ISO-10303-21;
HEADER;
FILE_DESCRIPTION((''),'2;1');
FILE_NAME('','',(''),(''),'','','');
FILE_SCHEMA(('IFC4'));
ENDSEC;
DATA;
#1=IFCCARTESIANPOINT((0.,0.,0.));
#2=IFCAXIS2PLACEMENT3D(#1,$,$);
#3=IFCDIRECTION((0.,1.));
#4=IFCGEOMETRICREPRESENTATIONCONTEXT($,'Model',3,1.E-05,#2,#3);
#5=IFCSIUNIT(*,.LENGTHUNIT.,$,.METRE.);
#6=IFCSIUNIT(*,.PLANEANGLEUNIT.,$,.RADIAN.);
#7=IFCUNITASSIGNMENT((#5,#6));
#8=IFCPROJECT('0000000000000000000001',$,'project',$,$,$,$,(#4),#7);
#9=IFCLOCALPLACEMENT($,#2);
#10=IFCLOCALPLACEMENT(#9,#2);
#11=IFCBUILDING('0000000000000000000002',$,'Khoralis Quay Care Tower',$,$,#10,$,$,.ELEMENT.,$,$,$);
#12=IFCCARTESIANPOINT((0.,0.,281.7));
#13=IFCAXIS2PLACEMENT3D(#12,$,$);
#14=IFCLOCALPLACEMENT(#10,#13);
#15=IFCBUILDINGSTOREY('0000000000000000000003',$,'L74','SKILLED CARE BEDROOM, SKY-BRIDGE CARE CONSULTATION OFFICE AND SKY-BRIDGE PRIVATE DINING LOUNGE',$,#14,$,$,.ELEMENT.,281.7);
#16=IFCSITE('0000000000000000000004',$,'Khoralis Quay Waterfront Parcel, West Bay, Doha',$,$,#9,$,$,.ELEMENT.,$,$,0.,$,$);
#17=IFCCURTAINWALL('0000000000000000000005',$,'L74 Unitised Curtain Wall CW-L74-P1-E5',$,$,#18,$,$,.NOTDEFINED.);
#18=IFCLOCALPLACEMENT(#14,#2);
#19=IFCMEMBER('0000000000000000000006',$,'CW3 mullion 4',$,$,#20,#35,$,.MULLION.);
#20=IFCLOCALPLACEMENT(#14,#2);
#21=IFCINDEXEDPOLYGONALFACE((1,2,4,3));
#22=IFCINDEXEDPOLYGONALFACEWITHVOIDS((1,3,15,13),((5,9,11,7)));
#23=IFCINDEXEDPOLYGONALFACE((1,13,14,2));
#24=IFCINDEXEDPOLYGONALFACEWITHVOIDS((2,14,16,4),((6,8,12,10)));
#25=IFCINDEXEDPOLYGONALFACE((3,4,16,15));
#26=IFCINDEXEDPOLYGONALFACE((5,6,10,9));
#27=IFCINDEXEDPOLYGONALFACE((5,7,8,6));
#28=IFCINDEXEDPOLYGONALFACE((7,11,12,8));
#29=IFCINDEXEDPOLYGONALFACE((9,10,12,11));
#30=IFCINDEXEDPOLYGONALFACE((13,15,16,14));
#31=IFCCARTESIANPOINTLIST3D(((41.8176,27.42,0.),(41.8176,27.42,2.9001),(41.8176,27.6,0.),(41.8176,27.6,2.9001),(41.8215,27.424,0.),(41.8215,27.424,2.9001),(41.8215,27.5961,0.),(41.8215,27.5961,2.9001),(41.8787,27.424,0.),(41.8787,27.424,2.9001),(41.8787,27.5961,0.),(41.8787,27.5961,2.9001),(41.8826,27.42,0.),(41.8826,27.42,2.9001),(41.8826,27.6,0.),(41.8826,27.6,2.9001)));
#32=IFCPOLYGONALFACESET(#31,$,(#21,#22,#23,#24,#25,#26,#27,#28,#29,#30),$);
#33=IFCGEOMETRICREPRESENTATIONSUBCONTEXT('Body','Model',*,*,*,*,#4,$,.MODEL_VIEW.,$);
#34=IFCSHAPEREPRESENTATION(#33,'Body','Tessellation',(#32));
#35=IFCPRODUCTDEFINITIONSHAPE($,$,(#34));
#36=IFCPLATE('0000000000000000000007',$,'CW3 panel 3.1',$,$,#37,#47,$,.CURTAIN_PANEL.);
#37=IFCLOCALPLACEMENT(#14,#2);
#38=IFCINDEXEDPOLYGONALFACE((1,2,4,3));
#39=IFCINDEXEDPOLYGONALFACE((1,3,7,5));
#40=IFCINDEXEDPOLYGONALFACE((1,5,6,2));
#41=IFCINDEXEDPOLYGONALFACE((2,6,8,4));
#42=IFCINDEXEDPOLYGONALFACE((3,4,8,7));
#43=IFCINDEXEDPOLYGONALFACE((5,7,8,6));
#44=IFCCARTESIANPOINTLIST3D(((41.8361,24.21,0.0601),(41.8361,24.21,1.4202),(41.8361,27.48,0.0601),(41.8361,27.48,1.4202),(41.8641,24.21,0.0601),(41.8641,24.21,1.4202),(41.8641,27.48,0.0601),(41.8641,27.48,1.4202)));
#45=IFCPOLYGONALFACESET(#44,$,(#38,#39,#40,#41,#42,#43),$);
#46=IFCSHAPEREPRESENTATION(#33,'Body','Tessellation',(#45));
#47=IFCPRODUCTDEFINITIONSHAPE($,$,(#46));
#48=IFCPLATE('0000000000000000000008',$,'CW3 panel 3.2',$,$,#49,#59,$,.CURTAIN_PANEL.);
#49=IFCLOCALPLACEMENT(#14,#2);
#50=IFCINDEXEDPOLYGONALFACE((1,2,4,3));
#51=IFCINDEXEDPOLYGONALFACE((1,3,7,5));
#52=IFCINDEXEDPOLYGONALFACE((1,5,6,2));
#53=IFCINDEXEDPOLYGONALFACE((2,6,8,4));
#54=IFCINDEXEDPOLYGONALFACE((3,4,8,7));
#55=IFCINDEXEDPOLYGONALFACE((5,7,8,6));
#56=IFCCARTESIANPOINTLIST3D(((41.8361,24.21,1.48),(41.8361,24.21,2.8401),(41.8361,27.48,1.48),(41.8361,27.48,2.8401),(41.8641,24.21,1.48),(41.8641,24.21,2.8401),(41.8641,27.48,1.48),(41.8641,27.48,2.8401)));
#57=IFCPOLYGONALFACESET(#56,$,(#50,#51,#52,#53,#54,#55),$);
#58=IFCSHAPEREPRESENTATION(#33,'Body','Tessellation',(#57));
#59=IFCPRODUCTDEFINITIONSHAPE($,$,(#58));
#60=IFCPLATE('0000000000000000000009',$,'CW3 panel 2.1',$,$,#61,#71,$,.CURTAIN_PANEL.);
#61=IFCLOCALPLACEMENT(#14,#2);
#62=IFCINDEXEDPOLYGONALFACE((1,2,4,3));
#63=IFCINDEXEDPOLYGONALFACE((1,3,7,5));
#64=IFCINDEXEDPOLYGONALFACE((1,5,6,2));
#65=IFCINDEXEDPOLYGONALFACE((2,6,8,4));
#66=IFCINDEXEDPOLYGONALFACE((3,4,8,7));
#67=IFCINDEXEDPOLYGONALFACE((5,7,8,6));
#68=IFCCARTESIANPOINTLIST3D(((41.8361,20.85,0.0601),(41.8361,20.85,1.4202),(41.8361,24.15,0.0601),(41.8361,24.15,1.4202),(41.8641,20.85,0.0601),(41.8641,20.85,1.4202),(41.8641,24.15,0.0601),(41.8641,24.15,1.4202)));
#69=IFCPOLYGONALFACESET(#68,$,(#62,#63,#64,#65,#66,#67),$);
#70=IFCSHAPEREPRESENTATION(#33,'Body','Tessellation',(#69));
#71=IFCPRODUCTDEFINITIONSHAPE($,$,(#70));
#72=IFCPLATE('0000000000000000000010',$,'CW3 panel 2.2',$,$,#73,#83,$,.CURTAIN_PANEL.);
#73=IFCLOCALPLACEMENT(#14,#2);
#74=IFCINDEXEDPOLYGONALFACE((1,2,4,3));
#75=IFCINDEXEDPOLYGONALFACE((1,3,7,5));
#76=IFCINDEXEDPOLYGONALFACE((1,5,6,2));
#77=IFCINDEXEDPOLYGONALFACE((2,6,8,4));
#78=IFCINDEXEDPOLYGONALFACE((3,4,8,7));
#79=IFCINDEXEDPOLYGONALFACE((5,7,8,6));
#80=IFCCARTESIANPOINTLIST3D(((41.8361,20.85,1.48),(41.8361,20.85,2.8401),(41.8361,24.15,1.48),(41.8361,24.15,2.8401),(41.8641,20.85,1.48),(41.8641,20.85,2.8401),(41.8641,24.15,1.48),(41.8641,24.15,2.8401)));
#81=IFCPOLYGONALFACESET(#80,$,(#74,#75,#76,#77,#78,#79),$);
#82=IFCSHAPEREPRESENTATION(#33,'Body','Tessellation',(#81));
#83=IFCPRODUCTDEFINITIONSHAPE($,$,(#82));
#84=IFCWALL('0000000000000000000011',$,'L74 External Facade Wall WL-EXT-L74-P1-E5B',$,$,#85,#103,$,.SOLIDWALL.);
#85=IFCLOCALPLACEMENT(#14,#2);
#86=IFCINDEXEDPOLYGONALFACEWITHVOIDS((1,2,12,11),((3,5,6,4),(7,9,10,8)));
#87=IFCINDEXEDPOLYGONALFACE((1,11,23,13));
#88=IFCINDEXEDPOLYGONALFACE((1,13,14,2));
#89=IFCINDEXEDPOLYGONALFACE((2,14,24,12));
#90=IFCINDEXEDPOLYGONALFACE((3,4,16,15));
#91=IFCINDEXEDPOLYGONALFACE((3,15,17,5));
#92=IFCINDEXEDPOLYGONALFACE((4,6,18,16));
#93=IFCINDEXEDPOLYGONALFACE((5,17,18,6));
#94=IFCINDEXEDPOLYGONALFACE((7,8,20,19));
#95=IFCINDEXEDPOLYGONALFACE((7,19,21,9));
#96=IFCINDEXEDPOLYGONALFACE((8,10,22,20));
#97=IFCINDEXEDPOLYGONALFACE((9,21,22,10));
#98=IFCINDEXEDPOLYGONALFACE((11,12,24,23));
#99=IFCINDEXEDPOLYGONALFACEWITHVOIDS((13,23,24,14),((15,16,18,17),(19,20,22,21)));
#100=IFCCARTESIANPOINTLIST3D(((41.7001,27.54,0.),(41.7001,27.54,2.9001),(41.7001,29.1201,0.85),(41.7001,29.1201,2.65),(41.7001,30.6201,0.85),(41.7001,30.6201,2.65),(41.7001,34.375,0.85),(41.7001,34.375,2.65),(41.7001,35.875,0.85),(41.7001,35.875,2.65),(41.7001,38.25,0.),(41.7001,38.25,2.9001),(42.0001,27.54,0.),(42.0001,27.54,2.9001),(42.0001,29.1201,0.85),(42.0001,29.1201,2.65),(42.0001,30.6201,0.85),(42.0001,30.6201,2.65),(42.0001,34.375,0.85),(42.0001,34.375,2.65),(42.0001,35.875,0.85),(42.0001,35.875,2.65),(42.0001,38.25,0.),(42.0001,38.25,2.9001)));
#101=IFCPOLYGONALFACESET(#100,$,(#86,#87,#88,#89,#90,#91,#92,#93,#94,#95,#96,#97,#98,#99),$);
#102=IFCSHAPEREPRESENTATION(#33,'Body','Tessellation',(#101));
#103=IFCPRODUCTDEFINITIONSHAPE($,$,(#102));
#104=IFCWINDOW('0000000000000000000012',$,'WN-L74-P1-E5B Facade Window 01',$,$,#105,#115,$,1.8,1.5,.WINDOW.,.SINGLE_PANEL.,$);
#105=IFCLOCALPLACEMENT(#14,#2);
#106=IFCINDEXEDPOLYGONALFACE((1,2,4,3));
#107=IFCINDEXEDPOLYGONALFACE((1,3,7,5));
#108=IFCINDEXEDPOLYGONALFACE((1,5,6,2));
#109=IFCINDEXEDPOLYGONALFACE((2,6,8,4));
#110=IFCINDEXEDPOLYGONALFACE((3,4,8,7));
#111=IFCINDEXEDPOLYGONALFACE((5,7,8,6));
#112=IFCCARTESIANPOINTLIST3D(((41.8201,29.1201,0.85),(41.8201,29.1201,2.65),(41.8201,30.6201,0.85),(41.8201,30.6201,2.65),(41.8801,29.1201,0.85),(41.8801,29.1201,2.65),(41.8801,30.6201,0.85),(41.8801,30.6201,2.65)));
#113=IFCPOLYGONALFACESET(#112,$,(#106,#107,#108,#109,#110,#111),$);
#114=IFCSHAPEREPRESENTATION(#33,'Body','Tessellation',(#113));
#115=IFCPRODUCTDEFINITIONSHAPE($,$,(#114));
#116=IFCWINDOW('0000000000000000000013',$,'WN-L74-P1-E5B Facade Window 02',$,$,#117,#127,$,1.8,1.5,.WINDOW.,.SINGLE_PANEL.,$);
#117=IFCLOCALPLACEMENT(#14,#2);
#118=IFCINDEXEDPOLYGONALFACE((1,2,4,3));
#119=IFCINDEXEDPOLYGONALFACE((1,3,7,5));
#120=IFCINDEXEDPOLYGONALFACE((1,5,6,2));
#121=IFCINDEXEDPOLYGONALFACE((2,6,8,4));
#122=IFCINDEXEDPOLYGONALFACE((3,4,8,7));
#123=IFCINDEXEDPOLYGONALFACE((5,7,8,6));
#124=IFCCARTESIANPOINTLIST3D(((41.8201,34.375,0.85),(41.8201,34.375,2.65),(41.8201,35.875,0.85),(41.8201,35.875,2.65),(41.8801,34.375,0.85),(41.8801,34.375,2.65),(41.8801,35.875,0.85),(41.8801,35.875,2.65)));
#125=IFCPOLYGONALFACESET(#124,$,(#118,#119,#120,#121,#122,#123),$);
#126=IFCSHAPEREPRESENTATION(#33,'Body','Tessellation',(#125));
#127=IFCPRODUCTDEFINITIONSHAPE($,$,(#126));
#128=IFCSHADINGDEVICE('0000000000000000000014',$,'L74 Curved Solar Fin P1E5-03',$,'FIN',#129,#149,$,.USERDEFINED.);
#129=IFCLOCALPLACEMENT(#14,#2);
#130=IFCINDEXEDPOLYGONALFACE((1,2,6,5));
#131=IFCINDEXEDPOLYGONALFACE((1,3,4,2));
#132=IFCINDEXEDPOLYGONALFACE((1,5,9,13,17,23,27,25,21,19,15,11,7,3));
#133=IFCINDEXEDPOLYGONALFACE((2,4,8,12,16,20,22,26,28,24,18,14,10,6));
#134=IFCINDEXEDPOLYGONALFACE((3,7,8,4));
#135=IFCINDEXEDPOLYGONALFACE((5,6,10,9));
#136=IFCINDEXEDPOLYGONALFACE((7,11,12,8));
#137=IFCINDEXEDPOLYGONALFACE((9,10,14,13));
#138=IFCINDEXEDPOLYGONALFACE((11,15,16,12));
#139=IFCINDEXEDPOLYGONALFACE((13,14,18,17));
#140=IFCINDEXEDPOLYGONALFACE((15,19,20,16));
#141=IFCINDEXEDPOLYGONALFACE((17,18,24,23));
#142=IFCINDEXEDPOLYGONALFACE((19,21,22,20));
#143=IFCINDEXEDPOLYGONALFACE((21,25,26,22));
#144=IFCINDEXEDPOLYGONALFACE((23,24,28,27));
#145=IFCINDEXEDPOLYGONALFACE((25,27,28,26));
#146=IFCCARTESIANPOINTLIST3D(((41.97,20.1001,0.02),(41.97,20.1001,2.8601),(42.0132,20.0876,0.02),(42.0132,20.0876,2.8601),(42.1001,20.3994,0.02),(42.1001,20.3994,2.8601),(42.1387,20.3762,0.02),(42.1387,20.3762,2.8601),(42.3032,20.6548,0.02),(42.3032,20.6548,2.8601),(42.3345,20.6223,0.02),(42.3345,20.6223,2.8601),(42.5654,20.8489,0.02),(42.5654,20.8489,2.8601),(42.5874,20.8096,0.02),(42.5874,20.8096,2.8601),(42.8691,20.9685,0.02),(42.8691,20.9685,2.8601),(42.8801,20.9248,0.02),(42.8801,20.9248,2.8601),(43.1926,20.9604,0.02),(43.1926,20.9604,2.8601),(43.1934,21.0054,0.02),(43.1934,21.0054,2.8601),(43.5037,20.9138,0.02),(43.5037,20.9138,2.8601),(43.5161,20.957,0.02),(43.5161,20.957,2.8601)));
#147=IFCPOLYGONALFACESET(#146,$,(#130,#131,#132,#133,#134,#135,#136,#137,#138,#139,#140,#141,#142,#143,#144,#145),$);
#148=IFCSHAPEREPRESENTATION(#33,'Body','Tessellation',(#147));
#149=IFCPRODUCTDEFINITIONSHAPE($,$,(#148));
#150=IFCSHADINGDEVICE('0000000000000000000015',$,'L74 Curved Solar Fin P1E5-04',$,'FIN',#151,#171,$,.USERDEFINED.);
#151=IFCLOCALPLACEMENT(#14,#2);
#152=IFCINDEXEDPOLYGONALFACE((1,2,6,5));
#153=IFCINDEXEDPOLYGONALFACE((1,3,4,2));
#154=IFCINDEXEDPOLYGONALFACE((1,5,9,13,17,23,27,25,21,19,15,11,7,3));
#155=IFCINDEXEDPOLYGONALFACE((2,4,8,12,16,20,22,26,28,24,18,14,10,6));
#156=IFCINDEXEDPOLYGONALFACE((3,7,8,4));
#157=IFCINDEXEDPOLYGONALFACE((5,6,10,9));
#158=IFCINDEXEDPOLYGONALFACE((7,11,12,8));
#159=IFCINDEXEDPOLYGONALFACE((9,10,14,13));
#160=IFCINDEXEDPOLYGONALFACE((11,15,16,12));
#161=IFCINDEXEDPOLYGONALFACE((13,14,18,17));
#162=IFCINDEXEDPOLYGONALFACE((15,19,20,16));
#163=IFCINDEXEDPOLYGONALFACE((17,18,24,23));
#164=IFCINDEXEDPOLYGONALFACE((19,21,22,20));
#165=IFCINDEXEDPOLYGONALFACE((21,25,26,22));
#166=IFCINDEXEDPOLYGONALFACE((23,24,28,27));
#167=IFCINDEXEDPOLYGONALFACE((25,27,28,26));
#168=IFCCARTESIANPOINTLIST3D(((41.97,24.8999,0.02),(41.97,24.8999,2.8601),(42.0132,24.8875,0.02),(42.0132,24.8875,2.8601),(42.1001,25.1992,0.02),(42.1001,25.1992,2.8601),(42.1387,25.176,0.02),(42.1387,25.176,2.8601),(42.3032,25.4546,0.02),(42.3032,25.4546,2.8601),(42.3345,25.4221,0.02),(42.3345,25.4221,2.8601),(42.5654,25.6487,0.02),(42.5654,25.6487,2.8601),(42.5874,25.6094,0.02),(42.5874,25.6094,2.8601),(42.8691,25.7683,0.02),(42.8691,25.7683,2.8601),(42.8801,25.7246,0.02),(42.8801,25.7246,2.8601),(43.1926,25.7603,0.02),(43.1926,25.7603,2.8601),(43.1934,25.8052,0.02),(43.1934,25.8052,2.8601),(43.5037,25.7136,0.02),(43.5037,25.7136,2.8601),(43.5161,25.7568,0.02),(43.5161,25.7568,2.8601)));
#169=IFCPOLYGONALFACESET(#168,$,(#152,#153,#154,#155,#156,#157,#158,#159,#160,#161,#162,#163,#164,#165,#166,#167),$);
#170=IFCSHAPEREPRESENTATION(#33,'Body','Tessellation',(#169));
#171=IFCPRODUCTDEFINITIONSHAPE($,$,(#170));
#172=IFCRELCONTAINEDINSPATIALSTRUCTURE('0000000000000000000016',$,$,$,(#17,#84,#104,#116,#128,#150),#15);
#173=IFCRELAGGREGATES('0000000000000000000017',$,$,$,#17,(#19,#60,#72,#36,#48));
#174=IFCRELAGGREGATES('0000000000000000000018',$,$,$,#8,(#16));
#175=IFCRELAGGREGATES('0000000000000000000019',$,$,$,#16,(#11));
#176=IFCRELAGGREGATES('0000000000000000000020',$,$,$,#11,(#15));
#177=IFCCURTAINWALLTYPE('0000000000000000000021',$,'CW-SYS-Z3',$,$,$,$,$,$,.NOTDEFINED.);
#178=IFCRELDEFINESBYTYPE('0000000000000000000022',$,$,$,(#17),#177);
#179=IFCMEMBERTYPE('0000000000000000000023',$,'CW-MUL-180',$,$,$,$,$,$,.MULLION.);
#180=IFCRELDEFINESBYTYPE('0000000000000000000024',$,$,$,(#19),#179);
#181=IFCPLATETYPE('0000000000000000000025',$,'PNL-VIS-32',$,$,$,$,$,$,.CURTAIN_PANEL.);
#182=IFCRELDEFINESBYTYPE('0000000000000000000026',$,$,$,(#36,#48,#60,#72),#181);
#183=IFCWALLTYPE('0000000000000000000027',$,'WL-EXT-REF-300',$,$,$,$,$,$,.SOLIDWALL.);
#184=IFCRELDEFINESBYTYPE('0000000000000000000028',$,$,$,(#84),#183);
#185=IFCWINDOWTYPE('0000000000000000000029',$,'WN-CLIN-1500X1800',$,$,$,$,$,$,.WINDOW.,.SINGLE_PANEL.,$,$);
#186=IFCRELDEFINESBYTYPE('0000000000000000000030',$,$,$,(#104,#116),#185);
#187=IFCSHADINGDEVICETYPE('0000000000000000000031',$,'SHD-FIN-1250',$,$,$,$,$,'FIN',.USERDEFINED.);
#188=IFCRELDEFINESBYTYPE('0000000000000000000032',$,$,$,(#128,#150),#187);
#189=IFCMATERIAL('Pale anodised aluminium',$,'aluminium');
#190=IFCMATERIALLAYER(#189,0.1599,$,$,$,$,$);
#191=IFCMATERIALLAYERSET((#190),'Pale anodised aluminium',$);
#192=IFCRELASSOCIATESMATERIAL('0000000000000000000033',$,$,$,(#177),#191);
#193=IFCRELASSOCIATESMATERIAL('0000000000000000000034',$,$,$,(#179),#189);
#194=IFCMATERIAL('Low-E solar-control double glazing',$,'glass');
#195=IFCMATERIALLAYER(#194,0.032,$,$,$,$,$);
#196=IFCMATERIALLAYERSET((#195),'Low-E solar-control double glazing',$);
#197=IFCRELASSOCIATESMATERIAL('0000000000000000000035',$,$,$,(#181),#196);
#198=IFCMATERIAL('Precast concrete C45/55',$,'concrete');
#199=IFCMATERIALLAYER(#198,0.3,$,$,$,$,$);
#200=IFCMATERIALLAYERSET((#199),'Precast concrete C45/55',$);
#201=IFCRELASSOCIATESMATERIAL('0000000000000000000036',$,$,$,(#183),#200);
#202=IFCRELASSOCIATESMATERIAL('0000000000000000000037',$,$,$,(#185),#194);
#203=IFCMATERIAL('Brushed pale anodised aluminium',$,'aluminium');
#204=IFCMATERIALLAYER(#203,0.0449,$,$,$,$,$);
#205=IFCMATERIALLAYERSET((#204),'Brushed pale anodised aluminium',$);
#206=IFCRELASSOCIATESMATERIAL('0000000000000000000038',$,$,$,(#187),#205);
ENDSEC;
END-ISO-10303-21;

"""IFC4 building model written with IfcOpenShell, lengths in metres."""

from ifc_helpers import new_model, si_unit, direction, frame, frame_2d, origin, origin_2d, place, context, subcontext, project, spatial, polyline, rectangle, hollow_rectangle, outline, extrude, source, transform, mapped, material, layer, layer_set, material_profile, profile_set, type_object, element, fill, aggregate, save


model = new_model("IFC4")

# Units and contexts
model_context = context("Model", 3, precision=1e-05, world=origin(), true_north=direction((0.0, 1.0)))
body_context = subcontext(model_context, "Body", "Model", "MODEL_VIEW")
ifc_project = project(units=[si_unit("LENGTHUNIT", "METRE"), si_unit("PLANEANGLEUNIT", "RADIAN")], contexts=[model_context])

# Site, building, storey
site_placement = place(None, origin())
site = spatial("IfcSite", under=ifc_project, at=site_placement, Name="Khoralis Quay Waterfront Parcel, West Bay, Doha", CompositionType="ELEMENT", RefElevation=0.0)
building_placement = place(site_placement, origin())
building = spatial("IfcBuilding", under=site, at=building_placement, Name="Khoralis Quay Care Tower", CompositionType="ELEMENT")
storey_placement = place(building_placement, frame((0.0, 0.0, 281.7)))
storey = spatial("IfcBuildingStorey", under=building, at=storey_placement, Name="L74", Description="SKILLED CARE BEDROOM, SKY-BRIDGE CARE CONSULTATION OFFICE AND SKY-BRIDGE PRIVATE DINING LOUNGE", CompositionType="ELEMENT", Elevation=281.7)

# Curtain wall, member, plates
ifc_material_1 = material(Name="Pale anodised aluminium", Category="aluminium")
ifc_layer_1 = layer(ifc_material_1, 0.1599)
ifc_layer_set_1 = layer_set([ifc_layer_1], Name="Pale anodised aluminium")
curtain_wall_type = type_object("IfcCurtainWallType", Name="CW-SYS-Z3", PredefinedType="NOTDEFINED", material=ifc_layer_set_1)
curtain_wall_placement = place(storey_placement, origin())
curtain_wall = element("IfcCurtainWall", 1, at=curtain_wall_placement, inside=storey, type_object=curtain_wall_type, Name="L74 Unitised Curtain Wall CW-L74-P1-E5", PredefinedType="NOTDEFINED")
ifc_material_profile_1 = material_profile(ifc_material_1, hollow_rectangle(XDim=0.0649, YDim=0.1799, WallThickness=0.0039, at=origin_2d()), Name="Pale anodised aluminium")
ifc_profile_set_1 = profile_set([ifc_material_profile_1], Name="Pale anodised aluminium")
member_type_1 = type_object("IfcMemberType", Name="CW-MUL-180", PredefinedType="MULLION", material=ifc_profile_set_1)
shared_shape_1 = source(origin(), body_context, "Body", "SweptSolid", [
    extrude(hollow_rectangle(XDim=0.0649, YDim=0.1799, WallThickness=0.0039, at=origin_2d()), origin(), (0.0, 0.0, 1.0), 2.9001),
])
member_1_placement = place(storey_placement, frame((41.8501, 27.51, 0.0), z_axis=(0.0, 0.0, 1.0), x_axis=(-1.0, 0.0, 0.0)))
member_1 = element("IfcMember", 2, at=member_1_placement, type_object=member_type_1, Name="CW3 mullion 4", PredefinedType="MULLION", context=body_context, shape_type="MappedRepresentation", body=[
    mapped(shared_shape_1, transform((0.0, 0.0, 0.0), scale=1.0)),
])
ifc_material_2 = material(Name="Low-E solar-control double glazing", Category="glass")
ifc_layer_2 = layer(ifc_material_2, 0.032)
ifc_layer_set_2 = layer_set([ifc_layer_2], Name="Low-E solar-control double glazing")
plate_type = type_object("IfcPlateType", Name="PNL-VIS-32", PredefinedType="CURTAIN_PANEL", material=ifc_layer_set_2)
shared_shape_2 = source(origin(), body_context, "Body", "SweptSolid", [
    extrude(rectangle(XDim=3.27, YDim=0.0281, at=origin_2d()), origin(), (0.0, 0.0, 1.0), 1.3601),
])
plate_1_placement = place(storey_placement, frame((41.8501, 25.845, 0.0601), z_axis=(0.0, 0.0, 1.0), x_axis=(0.0, 1.0, 0.0)))
plate_1 = element("IfcPlate", 3, at=plate_1_placement, type_object=plate_type, Name="CW3 panel 3.1", PredefinedType="CURTAIN_PANEL", context=body_context, shape_type="MappedRepresentation", body=[
    mapped(shared_shape_2, transform((0.0, 0.0, 0.0), scale=1.0)),
])
plate_2_placement = place(storey_placement, frame((41.8501, 25.845, 1.48), z_axis=(0.0, 0.0, 1.0), x_axis=(0.0, 1.0, 0.0)))
plate_2 = element("IfcPlate", 4, at=plate_2_placement, type_object=plate_type, Name="CW3 panel 3.2", PredefinedType="CURTAIN_PANEL", context=body_context, shape_type="MappedRepresentation", body=[
    mapped(shared_shape_2, transform((0.0, 0.0, 0.0), scale=1.0)),
])
shared_shape_3 = source(origin(), body_context, "Body", "SweptSolid", [
    extrude(rectangle(XDim=3.3, YDim=0.0281, at=origin_2d()), origin(), (0.0, 0.0, 1.0), 1.3601),
])
plate_3_placement = place(storey_placement, frame((41.8501, 22.5, 0.0601), z_axis=(0.0, 0.0, 1.0), x_axis=(0.0, 1.0, 0.0)))
plate_3 = element("IfcPlate", 5, at=plate_3_placement, type_object=plate_type, Name="CW3 panel 2.1", PredefinedType="CURTAIN_PANEL", context=body_context, shape_type="MappedRepresentation", body=[
    mapped(shared_shape_3, transform((0.0, 0.0, 0.0), scale=1.0)),
])
plate_4_placement = place(storey_placement, frame((41.8501, 22.5, 1.48), z_axis=(0.0, 0.0, 1.0), x_axis=(0.0, 1.0, 0.0)))
plate_4 = element("IfcPlate", 6, at=plate_4_placement, type_object=plate_type, Name="CW3 panel 2.2", PredefinedType="CURTAIN_PANEL", context=body_context, shape_type="MappedRepresentation", body=[
    mapped(shared_shape_3, transform((0.0, 0.0, 0.0), scale=1.0)),
])
aggregate(curtain_wall, [member_1, plate_3, plate_4, plate_1, plate_2])

# Wall, openings, windows
ifc_material_3 = material(Name="Precast concrete C45/55", Category="concrete")
ifc_layer_3 = layer(ifc_material_3, 0.3)
ifc_layer_set_3 = layer_set([ifc_layer_3], Name="Precast concrete C45/55")
wall_type = type_object("IfcWallType", Name="WL-EXT-REF-300", PredefinedType="SOLIDWALL", material=ifc_layer_set_3)
wall_placement = place(storey_placement, frame((41.8501, 27.54, 0.0), z_axis=(0.0, 0.0, 1.0), x_axis=(0.0, 1.0, 0.0)))
wall = element("IfcWall", 7, at=wall_placement, inside=storey, type_object=wall_type, Name="L74 External Facade Wall WL-EXT-L74-P1-E5B", PredefinedType="SOLIDWALL", context=body_context, shape_type="SweptSolid", body=[
    extrude(rectangle(XDim=10.71, YDim=0.3, at=frame_2d((5.355, 0.0))), origin(), (0.0, 0.0, 1.0), 2.9001),
])
opening_1_placement = place(wall_placement, frame((1.5801, 0.0, 0.8501)))
opening_1 = element("IfcOpeningElement", 8, at=opening_1_placement, cuts=wall, PredefinedType="OPENING", context=body_context, shape_type="SweptSolid", body=[
    extrude(rectangle(XDim=1.5, YDim=1.8, at=frame_2d((0.75, 0.8999))), frame((0.0, 0.1602, 0.0), z_axis=(0.0, -1.0, 0.0), x_axis=(1.0, 0.0, 0.0)), (0.0, 0.0, 1.0), 0.3201),
])
opening_2_placement = place(wall_placement, frame((6.835, 0.0, 0.8501)))
opening_2 = element("IfcOpeningElement", 9, at=opening_2_placement, cuts=wall, PredefinedType="OPENING", context=body_context, shape_type="SweptSolid", body=[
    extrude(rectangle(XDim=1.5, YDim=1.8, at=frame_2d((0.75, 0.8999))), frame((0.0, 0.1602, 0.0), z_axis=(0.0, -1.0, 0.0), x_axis=(1.0, 0.0, 0.0)), (0.0, 0.0, 1.0), 0.3201),
])
window_type = type_object("IfcWindowType", Name="WN-CLIN-1500X1800", PartitioningType="SINGLE_PANEL", PredefinedType="WINDOW", material=ifc_material_2)
shared_shape_4 = source(origin(), body_context, "Body", "SweptSolid", [
    extrude(rectangle(XDim=1.5, YDim=1.8, at=frame_2d((0.75, 0.8999))), frame((0.0, 0.03, 0.0), z_axis=(0.0, -1.0, 0.0), x_axis=(1.0, 0.0, 0.0)), (0.0, 0.0, 1.0), 0.0601),
])
window_1_placement = place(opening_1_placement, origin())
window_1 = element("IfcWindow", 10, at=window_1_placement, inside=storey, type_object=window_type, Name="WN-L74-P1-E5B Facade Window 01", OverallHeight=1.8, OverallWidth=1.5, PartitioningType="SINGLE_PANEL", PredefinedType="WINDOW", context=body_context, shape_type="MappedRepresentation", body=[
    mapped(shared_shape_4, transform((0.0, 0.0, 0.0), scale=1.0)),
])
fill(opening_1, window_1)
window_2_placement = place(opening_2_placement, origin())
window_2 = element("IfcWindow", 11, at=window_2_placement, inside=storey, type_object=window_type, Name="WN-L74-P1-E5B Facade Window 02", OverallHeight=1.8, OverallWidth=1.5, PartitioningType="SINGLE_PANEL", PredefinedType="WINDOW", context=body_context, shape_type="MappedRepresentation", body=[
    mapped(shared_shape_4, transform((0.0, 0.0, 0.0), scale=1.0)),
])
fill(opening_2, window_2)

# Shading devices
ifc_material_4 = material(Name="Brushed pale anodised aluminium", Category="aluminium")
ifc_layer_4 = layer(ifc_material_4, 0.0449)
ifc_layer_set_4 = layer_set([ifc_layer_4], Name="Brushed pale anodised aluminium")
shading_device_type = type_object("IfcShadingDeviceType", Name="SHD-FIN-1250", ElementType="FIN", PredefinedType="USERDEFINED", material=ifc_layer_set_4)
shared_shape_5 = source(origin(), body_context, "Body", "SweptSolid", [
    extrude(outline(polyline([(0.0, 0.0), (0.1301, 0.2993), (0.3333, 0.5547), (0.5955, 0.7488), (0.8992, 0.8684), (1.2234, 0.9053), (1.5461, 0.8569), (1.5337, 0.8137), (1.2227, 0.8604), (0.9102, 0.8247), (0.6174, 0.7095), (0.3645, 0.5222), (0.1687, 0.2761), (0.0432, -0.0125), (0.0, 0.0)])), origin(), (0.0, 0.0, 1.0), 2.8401),
])
for number, where, z_axis, x_axis, name in (
    (12, (41.97, 20.1001, 0.02), (0.0, 0.0, 1.0), (1.0, 0.0, 0.0), "L74 Curved Solar Fin P1E5-03"),
    (13, (41.97, 24.8999, 0.02), (0.0, 0.0, 1.0), (1.0, 0.0, 0.0), "L74 Curved Solar Fin P1E5-04"),
):
    element("IfcShadingDevice", number, at=place(storey_placement, frame(where, z_axis=z_axis, x_axis=x_axis)), inside=storey, type_object=shading_device_type, Name=name, ObjectType="FIN", PredefinedType="USERDEFINED", context=body_context, shape_type="MappedRepresentation", body=[
        mapped(shared_shape_5, transform((0.0, 0.0, 0.0), scale=1.0)),
    ])

save(model, "model.ifc")
